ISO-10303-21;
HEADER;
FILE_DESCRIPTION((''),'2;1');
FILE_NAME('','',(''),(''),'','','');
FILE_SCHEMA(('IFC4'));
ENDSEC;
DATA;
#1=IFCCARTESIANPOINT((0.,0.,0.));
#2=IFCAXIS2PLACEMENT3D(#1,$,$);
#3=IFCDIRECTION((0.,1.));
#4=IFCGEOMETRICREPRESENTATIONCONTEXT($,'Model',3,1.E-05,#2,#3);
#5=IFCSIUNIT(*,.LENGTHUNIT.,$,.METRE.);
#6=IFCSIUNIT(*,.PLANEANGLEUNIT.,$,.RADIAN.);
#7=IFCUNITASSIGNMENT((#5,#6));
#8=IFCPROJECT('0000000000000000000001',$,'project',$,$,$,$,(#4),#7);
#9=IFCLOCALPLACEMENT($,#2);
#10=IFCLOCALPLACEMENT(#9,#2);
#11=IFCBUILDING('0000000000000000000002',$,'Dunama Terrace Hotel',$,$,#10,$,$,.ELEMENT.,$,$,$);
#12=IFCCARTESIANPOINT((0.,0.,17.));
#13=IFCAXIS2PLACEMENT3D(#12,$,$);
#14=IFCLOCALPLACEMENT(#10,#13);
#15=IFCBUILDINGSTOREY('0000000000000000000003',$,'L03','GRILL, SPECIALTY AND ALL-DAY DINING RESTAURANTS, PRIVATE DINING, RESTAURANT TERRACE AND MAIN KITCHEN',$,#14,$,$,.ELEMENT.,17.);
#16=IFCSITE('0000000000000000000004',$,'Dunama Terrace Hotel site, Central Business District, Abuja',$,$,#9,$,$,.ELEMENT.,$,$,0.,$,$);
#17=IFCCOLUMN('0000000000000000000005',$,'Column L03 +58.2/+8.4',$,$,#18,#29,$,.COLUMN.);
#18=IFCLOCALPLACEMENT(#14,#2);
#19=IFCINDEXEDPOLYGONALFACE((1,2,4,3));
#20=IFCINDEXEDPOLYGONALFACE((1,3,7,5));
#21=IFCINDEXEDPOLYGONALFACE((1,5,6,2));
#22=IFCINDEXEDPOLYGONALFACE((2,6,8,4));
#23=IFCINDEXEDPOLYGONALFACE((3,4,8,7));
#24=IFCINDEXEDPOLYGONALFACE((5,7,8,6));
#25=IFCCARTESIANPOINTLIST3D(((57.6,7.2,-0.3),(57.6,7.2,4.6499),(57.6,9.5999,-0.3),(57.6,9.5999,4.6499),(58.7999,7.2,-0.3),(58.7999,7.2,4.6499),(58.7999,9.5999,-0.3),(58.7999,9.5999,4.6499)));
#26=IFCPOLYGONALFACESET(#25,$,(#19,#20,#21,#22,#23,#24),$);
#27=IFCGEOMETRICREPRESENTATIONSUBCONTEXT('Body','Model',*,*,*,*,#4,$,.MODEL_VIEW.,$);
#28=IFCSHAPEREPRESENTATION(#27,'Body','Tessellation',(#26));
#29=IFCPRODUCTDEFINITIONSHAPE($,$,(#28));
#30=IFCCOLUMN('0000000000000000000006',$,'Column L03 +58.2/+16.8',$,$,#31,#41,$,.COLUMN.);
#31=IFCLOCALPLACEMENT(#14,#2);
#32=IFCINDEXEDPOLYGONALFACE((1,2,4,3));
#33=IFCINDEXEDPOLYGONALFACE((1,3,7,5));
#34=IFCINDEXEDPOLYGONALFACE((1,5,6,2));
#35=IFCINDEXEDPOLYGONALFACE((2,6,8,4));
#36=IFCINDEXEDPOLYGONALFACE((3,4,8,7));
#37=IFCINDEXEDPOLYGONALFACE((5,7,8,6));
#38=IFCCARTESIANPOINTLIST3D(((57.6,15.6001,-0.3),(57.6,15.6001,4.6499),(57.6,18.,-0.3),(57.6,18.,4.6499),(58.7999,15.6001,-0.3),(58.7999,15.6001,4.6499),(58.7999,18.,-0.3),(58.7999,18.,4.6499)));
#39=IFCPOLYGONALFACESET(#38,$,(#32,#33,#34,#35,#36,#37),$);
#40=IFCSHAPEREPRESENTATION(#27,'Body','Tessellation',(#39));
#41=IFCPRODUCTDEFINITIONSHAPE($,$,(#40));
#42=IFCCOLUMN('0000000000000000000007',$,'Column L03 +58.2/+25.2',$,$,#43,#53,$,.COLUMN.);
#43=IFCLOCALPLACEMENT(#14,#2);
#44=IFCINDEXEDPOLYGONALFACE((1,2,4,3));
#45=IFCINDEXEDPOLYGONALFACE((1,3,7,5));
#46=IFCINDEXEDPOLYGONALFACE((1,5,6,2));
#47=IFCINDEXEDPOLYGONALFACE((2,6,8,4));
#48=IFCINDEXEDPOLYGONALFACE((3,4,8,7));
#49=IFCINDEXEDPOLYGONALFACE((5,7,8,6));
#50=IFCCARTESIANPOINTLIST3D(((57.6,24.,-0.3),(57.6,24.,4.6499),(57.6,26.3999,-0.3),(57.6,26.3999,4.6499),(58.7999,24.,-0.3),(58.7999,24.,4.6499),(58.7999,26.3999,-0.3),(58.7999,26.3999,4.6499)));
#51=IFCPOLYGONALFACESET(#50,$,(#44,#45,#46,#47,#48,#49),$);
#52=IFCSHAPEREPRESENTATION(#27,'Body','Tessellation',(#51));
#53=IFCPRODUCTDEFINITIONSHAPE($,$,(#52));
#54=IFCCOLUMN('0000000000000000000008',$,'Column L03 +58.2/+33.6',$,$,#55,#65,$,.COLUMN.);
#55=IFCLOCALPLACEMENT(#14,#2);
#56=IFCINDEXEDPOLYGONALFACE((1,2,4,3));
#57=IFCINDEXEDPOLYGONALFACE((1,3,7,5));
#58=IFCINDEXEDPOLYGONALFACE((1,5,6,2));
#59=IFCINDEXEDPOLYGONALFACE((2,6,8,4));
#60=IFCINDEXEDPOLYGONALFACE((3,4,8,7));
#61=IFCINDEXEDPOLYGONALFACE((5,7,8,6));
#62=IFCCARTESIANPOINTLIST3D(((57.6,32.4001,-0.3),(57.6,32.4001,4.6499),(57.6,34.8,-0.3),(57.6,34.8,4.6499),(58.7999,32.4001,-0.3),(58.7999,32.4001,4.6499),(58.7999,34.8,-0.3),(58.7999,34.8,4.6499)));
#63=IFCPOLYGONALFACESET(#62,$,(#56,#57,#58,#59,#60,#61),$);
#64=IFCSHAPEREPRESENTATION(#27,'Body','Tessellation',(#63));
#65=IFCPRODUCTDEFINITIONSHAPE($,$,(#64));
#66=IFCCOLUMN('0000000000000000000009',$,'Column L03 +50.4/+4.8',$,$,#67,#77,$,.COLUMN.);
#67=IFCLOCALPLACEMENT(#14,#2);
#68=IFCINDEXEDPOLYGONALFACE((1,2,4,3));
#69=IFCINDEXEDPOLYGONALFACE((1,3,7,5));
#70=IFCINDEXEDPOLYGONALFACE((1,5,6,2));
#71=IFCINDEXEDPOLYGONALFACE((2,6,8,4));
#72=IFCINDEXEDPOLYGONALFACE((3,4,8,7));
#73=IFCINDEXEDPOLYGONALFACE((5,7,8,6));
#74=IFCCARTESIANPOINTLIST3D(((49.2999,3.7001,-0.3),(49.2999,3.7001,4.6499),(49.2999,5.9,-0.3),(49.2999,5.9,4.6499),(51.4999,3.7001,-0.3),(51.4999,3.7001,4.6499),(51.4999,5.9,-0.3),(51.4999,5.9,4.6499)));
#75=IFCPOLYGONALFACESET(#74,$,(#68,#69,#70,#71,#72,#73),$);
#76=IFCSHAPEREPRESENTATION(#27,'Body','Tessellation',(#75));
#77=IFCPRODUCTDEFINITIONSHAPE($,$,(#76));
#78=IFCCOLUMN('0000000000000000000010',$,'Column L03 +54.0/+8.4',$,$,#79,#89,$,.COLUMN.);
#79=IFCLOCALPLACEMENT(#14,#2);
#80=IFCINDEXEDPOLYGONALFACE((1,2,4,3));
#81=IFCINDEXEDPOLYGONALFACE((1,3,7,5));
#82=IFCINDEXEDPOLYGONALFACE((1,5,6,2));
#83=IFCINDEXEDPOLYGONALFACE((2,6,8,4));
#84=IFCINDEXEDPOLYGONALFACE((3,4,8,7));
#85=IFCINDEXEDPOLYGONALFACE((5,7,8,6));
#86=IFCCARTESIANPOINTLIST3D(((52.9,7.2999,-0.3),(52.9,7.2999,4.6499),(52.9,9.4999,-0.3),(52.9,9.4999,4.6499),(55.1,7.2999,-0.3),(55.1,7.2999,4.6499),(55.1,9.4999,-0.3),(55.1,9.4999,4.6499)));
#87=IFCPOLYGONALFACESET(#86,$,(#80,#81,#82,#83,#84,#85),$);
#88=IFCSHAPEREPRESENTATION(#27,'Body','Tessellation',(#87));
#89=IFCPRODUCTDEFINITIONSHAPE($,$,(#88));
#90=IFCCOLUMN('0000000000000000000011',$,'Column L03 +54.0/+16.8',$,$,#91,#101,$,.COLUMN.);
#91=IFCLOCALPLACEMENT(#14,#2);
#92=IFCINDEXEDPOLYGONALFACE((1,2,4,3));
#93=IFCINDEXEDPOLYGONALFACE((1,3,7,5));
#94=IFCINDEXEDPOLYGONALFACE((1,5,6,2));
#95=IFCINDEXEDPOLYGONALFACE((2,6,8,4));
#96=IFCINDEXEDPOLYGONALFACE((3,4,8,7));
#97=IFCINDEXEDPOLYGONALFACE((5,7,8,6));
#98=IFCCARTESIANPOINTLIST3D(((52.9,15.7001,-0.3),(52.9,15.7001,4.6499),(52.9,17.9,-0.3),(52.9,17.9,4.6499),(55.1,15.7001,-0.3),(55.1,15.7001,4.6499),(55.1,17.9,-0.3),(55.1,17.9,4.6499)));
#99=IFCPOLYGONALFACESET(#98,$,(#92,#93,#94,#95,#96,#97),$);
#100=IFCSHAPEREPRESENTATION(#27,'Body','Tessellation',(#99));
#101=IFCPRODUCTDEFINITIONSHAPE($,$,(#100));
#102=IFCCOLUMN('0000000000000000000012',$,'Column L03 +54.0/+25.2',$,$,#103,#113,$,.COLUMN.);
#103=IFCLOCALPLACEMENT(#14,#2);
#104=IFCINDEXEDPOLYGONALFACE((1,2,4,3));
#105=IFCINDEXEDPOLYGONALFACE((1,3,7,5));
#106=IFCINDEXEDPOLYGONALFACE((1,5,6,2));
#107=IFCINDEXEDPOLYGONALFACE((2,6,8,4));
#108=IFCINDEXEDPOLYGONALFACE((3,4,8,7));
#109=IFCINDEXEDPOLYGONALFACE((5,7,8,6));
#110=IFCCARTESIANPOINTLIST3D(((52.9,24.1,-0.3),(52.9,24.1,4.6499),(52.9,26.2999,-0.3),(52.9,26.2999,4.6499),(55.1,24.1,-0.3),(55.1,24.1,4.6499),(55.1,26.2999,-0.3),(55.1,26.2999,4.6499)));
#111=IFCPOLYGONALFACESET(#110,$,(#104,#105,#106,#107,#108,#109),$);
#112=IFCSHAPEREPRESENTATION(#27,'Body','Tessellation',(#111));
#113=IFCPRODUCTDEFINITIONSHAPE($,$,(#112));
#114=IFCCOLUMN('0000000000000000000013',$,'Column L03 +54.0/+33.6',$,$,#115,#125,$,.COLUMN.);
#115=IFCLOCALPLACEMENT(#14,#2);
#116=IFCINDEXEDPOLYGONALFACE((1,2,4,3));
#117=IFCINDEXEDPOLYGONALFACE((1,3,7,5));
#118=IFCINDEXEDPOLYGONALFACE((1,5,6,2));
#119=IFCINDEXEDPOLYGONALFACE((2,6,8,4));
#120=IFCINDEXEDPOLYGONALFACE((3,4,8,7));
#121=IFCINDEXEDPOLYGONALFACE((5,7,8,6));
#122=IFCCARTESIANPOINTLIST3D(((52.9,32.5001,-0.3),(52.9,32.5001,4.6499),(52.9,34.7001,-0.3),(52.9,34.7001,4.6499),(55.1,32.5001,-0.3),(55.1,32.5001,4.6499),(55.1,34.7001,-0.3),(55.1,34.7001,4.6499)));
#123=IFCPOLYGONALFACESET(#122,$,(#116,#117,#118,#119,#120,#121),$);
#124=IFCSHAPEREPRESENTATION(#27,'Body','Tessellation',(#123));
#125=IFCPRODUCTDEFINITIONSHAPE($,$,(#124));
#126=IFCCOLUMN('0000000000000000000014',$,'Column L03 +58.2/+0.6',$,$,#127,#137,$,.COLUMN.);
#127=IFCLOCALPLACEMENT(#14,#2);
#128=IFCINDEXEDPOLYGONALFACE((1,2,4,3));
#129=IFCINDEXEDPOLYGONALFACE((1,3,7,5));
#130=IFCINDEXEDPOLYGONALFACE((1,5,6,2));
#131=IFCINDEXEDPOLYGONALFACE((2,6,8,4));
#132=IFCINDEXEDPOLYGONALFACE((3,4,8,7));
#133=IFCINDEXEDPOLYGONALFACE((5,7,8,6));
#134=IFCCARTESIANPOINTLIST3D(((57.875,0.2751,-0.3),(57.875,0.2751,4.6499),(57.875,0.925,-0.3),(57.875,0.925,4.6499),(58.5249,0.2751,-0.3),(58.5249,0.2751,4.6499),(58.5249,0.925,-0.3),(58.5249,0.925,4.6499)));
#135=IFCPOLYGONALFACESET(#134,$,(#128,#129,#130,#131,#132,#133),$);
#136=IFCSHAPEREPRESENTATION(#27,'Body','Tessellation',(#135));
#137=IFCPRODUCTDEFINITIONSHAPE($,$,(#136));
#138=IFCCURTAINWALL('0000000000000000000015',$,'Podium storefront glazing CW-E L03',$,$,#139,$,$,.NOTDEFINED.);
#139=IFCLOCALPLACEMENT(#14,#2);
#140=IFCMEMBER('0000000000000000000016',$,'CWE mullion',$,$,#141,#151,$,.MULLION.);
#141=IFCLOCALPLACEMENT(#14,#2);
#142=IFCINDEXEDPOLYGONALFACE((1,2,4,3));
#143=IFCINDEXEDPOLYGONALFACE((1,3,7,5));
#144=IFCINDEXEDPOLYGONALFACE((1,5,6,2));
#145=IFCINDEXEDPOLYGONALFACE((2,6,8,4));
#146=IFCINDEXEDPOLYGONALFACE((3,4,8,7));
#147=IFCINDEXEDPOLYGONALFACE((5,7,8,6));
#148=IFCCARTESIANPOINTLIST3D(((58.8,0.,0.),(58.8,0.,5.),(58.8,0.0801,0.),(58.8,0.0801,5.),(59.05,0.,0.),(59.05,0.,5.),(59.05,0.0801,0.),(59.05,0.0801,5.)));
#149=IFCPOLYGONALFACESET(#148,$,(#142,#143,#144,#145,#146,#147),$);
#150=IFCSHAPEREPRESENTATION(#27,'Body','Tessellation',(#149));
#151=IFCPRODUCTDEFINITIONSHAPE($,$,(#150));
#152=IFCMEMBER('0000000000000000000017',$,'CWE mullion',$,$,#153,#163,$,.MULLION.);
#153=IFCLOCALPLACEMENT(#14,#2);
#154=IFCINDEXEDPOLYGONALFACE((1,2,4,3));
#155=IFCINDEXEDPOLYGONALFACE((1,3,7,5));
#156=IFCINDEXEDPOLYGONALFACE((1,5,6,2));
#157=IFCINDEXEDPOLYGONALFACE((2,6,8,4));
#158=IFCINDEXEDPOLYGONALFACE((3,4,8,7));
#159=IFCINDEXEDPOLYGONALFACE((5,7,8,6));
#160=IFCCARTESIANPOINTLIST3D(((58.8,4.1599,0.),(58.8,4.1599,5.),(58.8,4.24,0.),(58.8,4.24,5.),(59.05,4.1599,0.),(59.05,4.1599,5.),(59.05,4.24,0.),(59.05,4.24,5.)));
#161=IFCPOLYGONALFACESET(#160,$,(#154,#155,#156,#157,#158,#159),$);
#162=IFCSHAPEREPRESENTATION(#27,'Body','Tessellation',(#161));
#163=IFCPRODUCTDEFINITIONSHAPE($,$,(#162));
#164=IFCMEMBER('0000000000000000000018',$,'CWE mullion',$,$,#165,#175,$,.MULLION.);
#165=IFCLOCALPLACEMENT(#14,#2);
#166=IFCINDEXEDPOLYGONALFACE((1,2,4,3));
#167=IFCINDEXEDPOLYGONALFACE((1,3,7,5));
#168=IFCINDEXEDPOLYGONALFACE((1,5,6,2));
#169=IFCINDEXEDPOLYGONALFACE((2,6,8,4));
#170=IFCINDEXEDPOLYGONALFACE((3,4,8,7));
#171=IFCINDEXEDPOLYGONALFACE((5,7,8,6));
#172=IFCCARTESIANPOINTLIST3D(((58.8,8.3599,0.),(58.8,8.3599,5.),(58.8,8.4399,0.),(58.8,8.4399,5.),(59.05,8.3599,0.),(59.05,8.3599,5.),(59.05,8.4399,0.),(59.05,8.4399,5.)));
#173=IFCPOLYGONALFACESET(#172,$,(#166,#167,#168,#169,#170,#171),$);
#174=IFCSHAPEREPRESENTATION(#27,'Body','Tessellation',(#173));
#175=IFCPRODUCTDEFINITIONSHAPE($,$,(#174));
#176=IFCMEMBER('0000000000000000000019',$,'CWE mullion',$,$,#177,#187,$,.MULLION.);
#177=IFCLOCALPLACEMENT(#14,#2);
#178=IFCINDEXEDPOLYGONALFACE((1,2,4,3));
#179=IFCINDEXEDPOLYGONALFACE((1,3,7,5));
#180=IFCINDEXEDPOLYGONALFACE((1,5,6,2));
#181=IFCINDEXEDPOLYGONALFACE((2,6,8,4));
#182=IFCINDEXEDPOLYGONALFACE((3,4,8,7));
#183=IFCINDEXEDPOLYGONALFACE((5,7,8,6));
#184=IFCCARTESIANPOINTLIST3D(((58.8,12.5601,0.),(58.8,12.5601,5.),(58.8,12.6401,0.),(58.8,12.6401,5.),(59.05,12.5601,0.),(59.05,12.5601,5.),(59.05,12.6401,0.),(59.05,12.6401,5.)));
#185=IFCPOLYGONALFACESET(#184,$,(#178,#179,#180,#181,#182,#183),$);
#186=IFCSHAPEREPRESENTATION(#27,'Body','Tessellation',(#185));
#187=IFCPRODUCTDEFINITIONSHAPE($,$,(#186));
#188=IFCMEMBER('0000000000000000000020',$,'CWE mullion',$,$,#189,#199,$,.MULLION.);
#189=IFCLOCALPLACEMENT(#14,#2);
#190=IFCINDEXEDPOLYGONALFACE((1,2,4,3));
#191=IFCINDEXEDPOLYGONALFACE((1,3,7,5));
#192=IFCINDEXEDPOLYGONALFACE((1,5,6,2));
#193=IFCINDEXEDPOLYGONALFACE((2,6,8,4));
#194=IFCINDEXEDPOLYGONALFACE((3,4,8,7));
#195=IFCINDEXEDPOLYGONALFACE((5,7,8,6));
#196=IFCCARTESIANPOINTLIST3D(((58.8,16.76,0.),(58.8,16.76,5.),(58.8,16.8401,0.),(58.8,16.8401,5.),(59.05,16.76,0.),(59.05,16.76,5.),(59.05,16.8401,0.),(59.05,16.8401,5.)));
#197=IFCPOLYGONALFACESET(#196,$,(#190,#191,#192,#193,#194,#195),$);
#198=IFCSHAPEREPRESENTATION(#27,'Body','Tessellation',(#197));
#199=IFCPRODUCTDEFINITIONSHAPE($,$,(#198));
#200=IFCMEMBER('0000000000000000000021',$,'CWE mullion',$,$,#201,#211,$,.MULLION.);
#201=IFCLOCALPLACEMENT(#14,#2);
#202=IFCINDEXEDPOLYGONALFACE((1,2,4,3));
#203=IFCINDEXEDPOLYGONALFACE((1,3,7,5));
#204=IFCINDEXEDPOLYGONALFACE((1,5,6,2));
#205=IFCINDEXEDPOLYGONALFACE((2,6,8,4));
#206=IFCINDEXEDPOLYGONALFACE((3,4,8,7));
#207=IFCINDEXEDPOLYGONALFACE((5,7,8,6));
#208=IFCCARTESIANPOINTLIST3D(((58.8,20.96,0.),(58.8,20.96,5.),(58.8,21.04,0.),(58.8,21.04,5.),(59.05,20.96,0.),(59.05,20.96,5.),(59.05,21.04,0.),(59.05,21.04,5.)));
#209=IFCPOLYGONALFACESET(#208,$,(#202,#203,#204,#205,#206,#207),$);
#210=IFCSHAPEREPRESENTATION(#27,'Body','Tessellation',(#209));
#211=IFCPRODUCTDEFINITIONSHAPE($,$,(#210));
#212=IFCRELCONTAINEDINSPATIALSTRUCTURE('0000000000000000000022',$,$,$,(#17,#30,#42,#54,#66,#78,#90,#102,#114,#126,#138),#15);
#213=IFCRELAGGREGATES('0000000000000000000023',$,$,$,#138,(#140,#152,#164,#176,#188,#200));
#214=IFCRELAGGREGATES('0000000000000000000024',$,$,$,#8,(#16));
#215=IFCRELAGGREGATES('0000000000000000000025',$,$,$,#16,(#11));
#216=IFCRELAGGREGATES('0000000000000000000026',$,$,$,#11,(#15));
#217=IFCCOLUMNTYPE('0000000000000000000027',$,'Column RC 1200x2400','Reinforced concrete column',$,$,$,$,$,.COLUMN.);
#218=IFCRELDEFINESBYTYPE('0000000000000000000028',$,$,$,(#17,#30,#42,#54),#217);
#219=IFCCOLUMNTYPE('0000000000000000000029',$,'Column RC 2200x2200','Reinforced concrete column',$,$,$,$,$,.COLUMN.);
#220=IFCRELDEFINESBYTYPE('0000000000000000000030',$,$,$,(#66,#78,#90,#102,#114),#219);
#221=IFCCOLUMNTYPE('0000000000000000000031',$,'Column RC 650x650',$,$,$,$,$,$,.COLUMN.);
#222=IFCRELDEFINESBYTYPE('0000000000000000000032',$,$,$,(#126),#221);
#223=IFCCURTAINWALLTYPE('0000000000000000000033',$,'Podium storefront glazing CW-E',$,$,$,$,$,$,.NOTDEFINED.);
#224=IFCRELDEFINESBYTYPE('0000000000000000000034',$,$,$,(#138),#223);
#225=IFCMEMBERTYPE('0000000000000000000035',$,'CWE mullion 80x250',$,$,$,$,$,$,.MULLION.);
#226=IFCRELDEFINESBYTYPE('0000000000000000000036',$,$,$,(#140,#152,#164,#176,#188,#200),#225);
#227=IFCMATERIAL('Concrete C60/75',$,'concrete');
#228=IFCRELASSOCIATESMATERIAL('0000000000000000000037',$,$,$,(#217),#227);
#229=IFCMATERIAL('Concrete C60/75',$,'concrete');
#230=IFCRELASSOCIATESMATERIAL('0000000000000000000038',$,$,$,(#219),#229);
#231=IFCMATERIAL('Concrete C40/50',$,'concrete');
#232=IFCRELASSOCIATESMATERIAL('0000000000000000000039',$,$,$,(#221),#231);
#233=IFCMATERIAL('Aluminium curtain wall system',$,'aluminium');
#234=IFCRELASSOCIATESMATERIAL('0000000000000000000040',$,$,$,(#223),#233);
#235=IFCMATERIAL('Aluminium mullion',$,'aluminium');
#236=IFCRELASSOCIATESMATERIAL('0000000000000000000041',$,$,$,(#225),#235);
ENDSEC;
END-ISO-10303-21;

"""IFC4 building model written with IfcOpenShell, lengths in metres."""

from ifc_helpers import new_model, si_unit, direction, frame, origin, origin_2d, place, context, subcontext, project, spatial, rectangle, extrude, material, material_profile, profile_set, type_object, element, aggregate, save


model = new_model("IFC4")

# Units and contexts
model_context = context("Model", 3, precision=1e-05, world=origin(), true_north=direction((0.0, 1.0)))
body_context = subcontext(model_context, "Body", "Model", "MODEL_VIEW")
ifc_project = project(units=[si_unit("LENGTHUNIT", "METRE"), si_unit("PLANEANGLEUNIT", "RADIAN")], contexts=[model_context])

# Site, building, storey
site_placement = place(None, origin())
site = spatial("IfcSite", under=ifc_project, at=site_placement, Name="Dunama Terrace Hotel site, Central Business District, Abuja", CompositionType="ELEMENT", RefElevation=0.0)
building_placement = place(site_placement, origin())
building = spatial("IfcBuilding", under=site, at=building_placement, Name="Dunama Terrace Hotel", CompositionType="ELEMENT")
storey_placement = place(building_placement, frame((0.0, 0.0, 17.0)))
storey = spatial("IfcBuildingStorey", under=building, at=storey_placement, Name="L03", Description="GRILL, SPECIALTY AND ALL-DAY DINING RESTAURANTS, PRIVATE DINING, RESTAURANT TERRACE AND MAIN KITCHEN", CompositionType="ELEMENT", Elevation=17.0)

# Columns
ifc_material_1 = material(Name="Concrete C60/75", Category="concrete")
ifc_material_profile_1 = material_profile(ifc_material_1, rectangle(XDim=1.2, YDim=2.3999, at=origin_2d()), Name="RC 1200x2400")
ifc_profile_set_1 = profile_set([ifc_material_profile_1], Name="Concrete C60/75")
column_type_1 = type_object("IfcColumnType", Name="Column RC 1200x2400", Description="Reinforced concrete column", PredefinedType="COLUMN", material=ifc_profile_set_1)
for number, where, z_axis, x_axis, name in (
    (1, (58.2, 8.3999, -0.3), (0.0, 0.0, 1.0), (1.0, 0.0, 0.0), "Column L03 +58.2/+8.4"),
    (2, (58.2, 16.8, -0.3), (0.0, 0.0, 1.0), (1.0, 0.0, 0.0), "Column L03 +58.2/+16.8"),
    (3, (58.2, 25.2, -0.3), (0.0, 0.0, 1.0), (1.0, 0.0, 0.0), "Column L03 +58.2/+25.2"),
    (4, (58.2, 33.6001, -0.3), (0.0, 0.0, 1.0), (1.0, 0.0, 0.0), "Column L03 +58.2/+33.6"),
):
    element("IfcColumn", number, at=place(storey_placement, frame(where, z_axis=z_axis, x_axis=x_axis)), inside=storey, type_object=column_type_1, Name=name, PredefinedType="COLUMN", context=body_context, shape_type="SweptSolid", body=[
        extrude(rectangle(XDim=1.2, YDim=2.3999, at=origin_2d()), origin(), (0.0, 0.0, 1.0), 4.95),
    ])
ifc_material_2 = material(Name="Concrete C60/75", Category="concrete")
ifc_material_profile_2 = material_profile(ifc_material_2, rectangle(XDim=2.2, YDim=2.2, at=origin_2d()), Name="RC 2200x2200")
ifc_profile_set_2 = profile_set([ifc_material_profile_2], Name="Concrete C60/75")
column_type_2 = type_object("IfcColumnType", Name="Column RC 2200x2200", Description="Reinforced concrete column", PredefinedType="COLUMN", material=ifc_profile_set_2)
for number, where, z_axis, x_axis, name in (
    (5, (50.3999, 4.8, -0.3), (0.0, 0.0, 1.0), (1.0, 0.0, 0.0), "Column L03 +50.4/+4.8"),
    (6, (54.0, 8.3999, -0.3), (0.0, 0.0, 1.0), (1.0, 0.0, 0.0), "Column L03 +54.0/+8.4"),
    (7, (54.0, 16.8, -0.3), (0.0, 0.0, 1.0), (1.0, 0.0, 0.0), "Column L03 +54.0/+16.8"),
    (8, (54.0, 25.2, -0.3), (0.0, 0.0, 1.0), (1.0, 0.0, 0.0), "Column L03 +54.0/+25.2"),
    (9, (54.0, 33.6001, -0.3), (0.0, 0.0, 1.0), (1.0, 0.0, 0.0), "Column L03 +54.0/+33.6"),
):
    element("IfcColumn", number, at=place(storey_placement, frame(where, z_axis=z_axis, x_axis=x_axis)), inside=storey, type_object=column_type_2, Name=name, PredefinedType="COLUMN", context=body_context, shape_type="SweptSolid", body=[
        extrude(rectangle(XDim=2.2, YDim=2.2, at=origin_2d()), origin(), (0.0, 0.0, 1.0), 4.95),
    ])
ifc_material_3 = material(Name="Concrete C40/50", Category="concrete")
ifc_material_profile_3 = material_profile(ifc_material_3, rectangle(XDim=0.6499, YDim=0.6499, at=origin_2d()), Name="RC 650x650")
ifc_profile_set_3 = profile_set([ifc_material_profile_3], Name="Concrete C40/50")
column_type_3 = type_object("IfcColumnType", Name="Column RC 650x650", PredefinedType="COLUMN", material=ifc_profile_set_3)
column_placement = place(storey_placement, frame((58.2, 0.6001, -0.3), z_axis=(0.0, 0.0, 1.0), x_axis=(1.0, 0.0, 0.0)))
element("IfcColumn", 10, at=column_placement, inside=storey, type_object=column_type_3, Name="Column L03 +58.2/+0.6", PredefinedType="COLUMN", context=body_context, shape_type="SweptSolid", body=[
    extrude(rectangle(XDim=0.6499, YDim=0.6499, at=origin_2d()), origin(), (0.0, 0.0, 1.0), 4.95),
])

# Curtain wall, members
ifc_material_4 = material(Name="Aluminium curtain wall system", Category="aluminium")
curtain_wall_type = type_object("IfcCurtainWallType", Name="Podium storefront glazing CW-E", PredefinedType="NOTDEFINED", material=ifc_material_4)
curtain_wall_placement = place(storey_placement, origin())
curtain_wall = element("IfcCurtainWall", 11, at=curtain_wall_placement, inside=storey, type_object=curtain_wall_type, Name="Podium storefront glazing CW-E L03", PredefinedType="NOTDEFINED")
ifc_material_5 = material(Name="Aluminium mullion", Category="aluminium")
ifc_material_profile_4 = material_profile(ifc_material_5, rectangle(XDim=0.0801, YDim=0.25, at=origin_2d()), Name="CWE MULLION 80X250")
ifc_profile_set_4 = profile_set([ifc_material_profile_4], Name="Aluminium mullion")
member_type_1 = type_object("IfcMemberType", Name="CWE mullion 80x250", PredefinedType="MULLION", material=ifc_profile_set_4)
member_1_placement = place(storey_placement, frame((58.925, 0.04, 0.0), z_axis=(0.0, 0.0, 1.0), x_axis=(0.0, 1.0, 0.0)))
member_1 = element("IfcMember", 12, at=member_1_placement, type_object=member_type_1, Name="CWE mullion", PredefinedType="MULLION", context=body_context, shape_type="SweptSolid", body=[
    extrude(rectangle(XDim=0.0801, YDim=0.25, at=origin_2d()), origin(), (0.0, 0.0, 1.0), 5.0),
])
member_2_placement = place(storey_placement, frame((58.925, 4.2, 0.0), z_axis=(0.0, 0.0, 1.0), x_axis=(0.0, 1.0, 0.0)))
member_2 = element("IfcMember", 13, at=member_2_placement, type_object=member_type_1, Name="CWE mullion", PredefinedType="MULLION", context=body_context, shape_type="SweptSolid", body=[
    extrude(rectangle(XDim=0.0801, YDim=0.25, at=origin_2d()), origin(), (0.0, 0.0, 1.0), 5.0),
])
member_3_placement = place(storey_placement, frame((58.925, 8.3999, 0.0), z_axis=(0.0, 0.0, 1.0), x_axis=(0.0, 1.0, 0.0)))
member_3 = element("IfcMember", 14, at=member_3_placement, type_object=member_type_1, Name="CWE mullion", PredefinedType="MULLION", context=body_context, shape_type="SweptSolid", body=[
    extrude(rectangle(XDim=0.0801, YDim=0.25, at=origin_2d()), origin(), (0.0, 0.0, 1.0), 5.0),
])
member_4_placement = place(storey_placement, frame((58.925, 12.6001, 0.0), z_axis=(0.0, 0.0, 1.0), x_axis=(0.0, 1.0, 0.0)))
member_4 = element("IfcMember", 15, at=member_4_placement, type_object=member_type_1, Name="CWE mullion", PredefinedType="MULLION", context=body_context, shape_type="SweptSolid", body=[
    extrude(rectangle(XDim=0.0801, YDim=0.25, at=origin_2d()), origin(), (0.0, 0.0, 1.0), 5.0),
])
member_5_placement = place(storey_placement, frame((58.925, 16.8, 0.0), z_axis=(0.0, 0.0, 1.0), x_axis=(0.0, 1.0, 0.0)))
member_5 = element("IfcMember", 16, at=member_5_placement, type_object=member_type_1, Name="CWE mullion", PredefinedType="MULLION", context=body_context, shape_type="SweptSolid", body=[
    extrude(rectangle(XDim=0.0801, YDim=0.25, at=origin_2d()), origin(), (0.0, 0.0, 1.0), 5.0),
])
member_6_placement = place(storey_placement, frame((58.925, 21.0, 0.0), z_axis=(0.0, 0.0, 1.0), x_axis=(0.0, 1.0, 0.0)))
member_6 = element("IfcMember", 17, at=member_6_placement, type_object=member_type_1, Name="CWE mullion", PredefinedType="MULLION", context=body_context, shape_type="SweptSolid", body=[
    extrude(rectangle(XDim=0.0801, YDim=0.25, at=origin_2d()), origin(), (0.0, 0.0, 1.0), 5.0),
])
aggregate(curtain_wall, [member_1, member_2, member_3, member_4, member_5, member_6])

save(model, "model.ifc")
